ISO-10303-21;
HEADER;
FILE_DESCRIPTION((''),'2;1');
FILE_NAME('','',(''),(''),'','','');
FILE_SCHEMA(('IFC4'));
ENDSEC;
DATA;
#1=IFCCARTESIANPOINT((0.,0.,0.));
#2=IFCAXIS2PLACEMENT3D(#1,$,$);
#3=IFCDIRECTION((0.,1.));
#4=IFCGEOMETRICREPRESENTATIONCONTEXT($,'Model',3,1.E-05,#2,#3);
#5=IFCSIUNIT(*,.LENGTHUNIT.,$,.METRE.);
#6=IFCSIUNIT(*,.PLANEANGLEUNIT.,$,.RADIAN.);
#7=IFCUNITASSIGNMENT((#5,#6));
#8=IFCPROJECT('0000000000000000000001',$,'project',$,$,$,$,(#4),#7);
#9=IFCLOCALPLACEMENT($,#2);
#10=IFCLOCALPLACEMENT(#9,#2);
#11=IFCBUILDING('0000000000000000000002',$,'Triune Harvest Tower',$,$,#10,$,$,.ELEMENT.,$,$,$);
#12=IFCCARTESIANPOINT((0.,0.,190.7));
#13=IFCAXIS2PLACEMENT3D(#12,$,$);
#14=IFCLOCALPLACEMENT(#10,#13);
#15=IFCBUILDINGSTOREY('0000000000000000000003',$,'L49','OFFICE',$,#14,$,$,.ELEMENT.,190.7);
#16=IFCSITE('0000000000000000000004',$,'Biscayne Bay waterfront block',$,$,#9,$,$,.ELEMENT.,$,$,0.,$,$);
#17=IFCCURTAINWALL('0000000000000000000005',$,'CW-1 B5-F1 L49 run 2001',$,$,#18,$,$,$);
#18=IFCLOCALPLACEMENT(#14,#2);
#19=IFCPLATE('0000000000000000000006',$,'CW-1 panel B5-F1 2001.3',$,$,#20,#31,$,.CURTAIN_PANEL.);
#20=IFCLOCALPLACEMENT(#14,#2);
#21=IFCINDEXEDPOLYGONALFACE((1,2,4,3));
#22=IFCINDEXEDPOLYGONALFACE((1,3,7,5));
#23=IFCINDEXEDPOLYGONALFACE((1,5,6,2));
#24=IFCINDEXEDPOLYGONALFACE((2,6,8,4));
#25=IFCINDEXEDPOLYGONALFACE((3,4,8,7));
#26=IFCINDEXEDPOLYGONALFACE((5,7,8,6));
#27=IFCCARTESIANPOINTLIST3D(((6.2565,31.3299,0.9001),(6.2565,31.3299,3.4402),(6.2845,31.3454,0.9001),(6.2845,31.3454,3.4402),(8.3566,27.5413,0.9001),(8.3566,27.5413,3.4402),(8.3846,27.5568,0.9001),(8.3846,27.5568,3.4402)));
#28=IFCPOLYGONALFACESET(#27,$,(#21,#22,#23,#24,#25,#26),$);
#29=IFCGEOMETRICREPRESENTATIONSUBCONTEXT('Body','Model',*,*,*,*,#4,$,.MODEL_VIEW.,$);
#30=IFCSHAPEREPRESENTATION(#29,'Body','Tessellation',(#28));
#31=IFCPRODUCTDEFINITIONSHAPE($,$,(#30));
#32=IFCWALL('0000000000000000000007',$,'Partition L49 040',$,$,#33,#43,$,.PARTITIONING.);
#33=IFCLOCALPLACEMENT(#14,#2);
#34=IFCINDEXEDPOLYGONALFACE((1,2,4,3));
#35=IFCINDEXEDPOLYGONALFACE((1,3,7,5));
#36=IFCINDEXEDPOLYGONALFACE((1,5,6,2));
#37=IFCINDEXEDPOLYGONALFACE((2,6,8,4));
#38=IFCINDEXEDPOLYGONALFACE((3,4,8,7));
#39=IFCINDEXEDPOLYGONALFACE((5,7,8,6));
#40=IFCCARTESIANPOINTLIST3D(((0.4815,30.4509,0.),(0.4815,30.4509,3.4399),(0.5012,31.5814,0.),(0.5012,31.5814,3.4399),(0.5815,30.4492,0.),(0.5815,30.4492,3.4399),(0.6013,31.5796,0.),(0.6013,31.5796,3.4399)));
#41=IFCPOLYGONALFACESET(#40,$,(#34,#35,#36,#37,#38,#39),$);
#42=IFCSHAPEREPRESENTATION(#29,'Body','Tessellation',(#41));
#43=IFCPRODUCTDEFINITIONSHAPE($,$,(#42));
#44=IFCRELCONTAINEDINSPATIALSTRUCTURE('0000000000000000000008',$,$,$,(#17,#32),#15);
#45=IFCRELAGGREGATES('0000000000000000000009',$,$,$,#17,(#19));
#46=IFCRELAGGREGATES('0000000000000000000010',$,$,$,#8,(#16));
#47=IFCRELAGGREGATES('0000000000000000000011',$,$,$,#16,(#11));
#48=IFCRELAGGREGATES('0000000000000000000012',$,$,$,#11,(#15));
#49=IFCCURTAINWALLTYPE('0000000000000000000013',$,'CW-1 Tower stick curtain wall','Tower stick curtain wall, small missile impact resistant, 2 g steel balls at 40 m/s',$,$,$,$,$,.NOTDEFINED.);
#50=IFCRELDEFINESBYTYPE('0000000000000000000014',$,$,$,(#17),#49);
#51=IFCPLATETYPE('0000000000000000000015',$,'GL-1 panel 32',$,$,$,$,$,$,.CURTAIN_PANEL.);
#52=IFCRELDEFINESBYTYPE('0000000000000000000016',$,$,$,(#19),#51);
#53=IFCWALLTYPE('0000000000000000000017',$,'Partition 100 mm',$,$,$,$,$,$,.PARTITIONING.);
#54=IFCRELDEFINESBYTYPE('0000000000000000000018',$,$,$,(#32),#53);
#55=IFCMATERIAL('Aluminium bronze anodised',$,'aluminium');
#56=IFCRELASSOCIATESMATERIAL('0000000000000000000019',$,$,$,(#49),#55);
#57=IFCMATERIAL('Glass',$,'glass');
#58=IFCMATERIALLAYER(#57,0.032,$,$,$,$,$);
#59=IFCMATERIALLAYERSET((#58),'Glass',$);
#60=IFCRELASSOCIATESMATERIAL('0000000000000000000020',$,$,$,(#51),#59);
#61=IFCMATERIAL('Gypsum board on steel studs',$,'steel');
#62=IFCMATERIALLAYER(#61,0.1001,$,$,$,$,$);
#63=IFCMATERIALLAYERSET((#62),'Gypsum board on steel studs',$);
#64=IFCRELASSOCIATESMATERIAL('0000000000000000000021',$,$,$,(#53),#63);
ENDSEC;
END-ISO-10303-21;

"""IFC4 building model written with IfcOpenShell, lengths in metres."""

from ifc_helpers import new_model, si_unit, direction, frame, frame_2d, origin, origin_2d, place, context, subcontext, project, spatial, rectangle, extrude, source, transform, mapped, material, layer, layer_set, type_object, element, aggregate, save


model = new_model("IFC4")

# Units and contexts
model_context = context("Model", 3, precision=1e-05, world=origin(), true_north=direction((0.0, 1.0)))
body_context = subcontext(model_context, "Body", "Model", "MODEL_VIEW")
ifc_project = project(units=[si_unit("LENGTHUNIT", "METRE"), si_unit("PLANEANGLEUNIT", "RADIAN")], contexts=[model_context])

# Site, building, storey
site_placement = place(None, origin())
site = spatial("IfcSite", under=ifc_project, at=site_placement, Name="Biscayne Bay waterfront block", CompositionType="ELEMENT", RefElevation=0.0)
building_placement = place(site_placement, origin())
building = spatial("IfcBuilding", under=site, at=building_placement, Name="Triune Harvest Tower", CompositionType="ELEMENT")
storey_placement = place(building_placement, frame((0.0, 0.0, 190.7)))
storey = spatial("IfcBuildingStorey", under=building, at=storey_placement, Name="L49", Description="OFFICE", CompositionType="ELEMENT", Elevation=190.7)

# Curtain wall
ifc_material_1 = material(Name="Aluminium bronze anodised", Category="aluminium")
curtain_wall_type = type_object("IfcCurtainWallType", Name="CW-1 Tower stick curtain wall", Description="Tower stick curtain wall, small missile impact resistant, 2 g steel balls at 40 m/s", PredefinedType="NOTDEFINED", material=ifc_material_1)
curtain_wall_1_placement = place(storey_placement, origin())
curtain_wall_1 = element("IfcCurtainWall", 1, at=curtain_wall_1_placement, inside=storey, type_object=curtain_wall_type, Name="CW-1 B5-F1 L49 run 2001")

# Plate
ifc_material_2 = material(Name="Glass", Category="glass")
ifc_layer_1 = layer(ifc_material_2, 0.032)
ifc_layer_set_1 = layer_set([ifc_layer_1], Name="Glass")
plate_type = type_object("IfcPlateType", Name="GL-1 panel 32", PredefinedType="CURTAIN_PANEL", material=ifc_layer_set_1)
shared_shape_1 = source(origin(), body_context, "Body", "SweptSolid", [
    extrude(rectangle(XDim=4.3318, YDim=0.032, at=origin_2d()), origin(), (0.0, 0.0, 1.0), 2.54),
])
plate_1_placement = place(storey_placement, frame((7.3206, 29.4434, 0.9001), z_axis=(0.0, 0.0, 1.0), x_axis=(-0.484808, 0.874621, 0.0)))
plate_1 = element("IfcPlate", 2, at=plate_1_placement, type_object=plate_type, Name="CW-1 panel B5-F1 2001.3", PredefinedType="CURTAIN_PANEL", context=body_context, shape_type="MappedRepresentation", body=[
    mapped(shared_shape_1, transform((0.0, 0.0, 0.0), scale=1.0)),
])
aggregate(curtain_wall_1, [plate_1])

# Wall
ifc_material_3 = material(Name="Gypsum board on steel studs", Category="steel")
ifc_layer_2 = layer(ifc_material_3, 0.1001)
ifc_layer_set_2 = layer_set([ifc_layer_2], Name="Gypsum board on steel studs")
wall_type = type_object("IfcWallType", Name="Partition 100 mm", PredefinedType="PARTITIONING", material=ifc_layer_set_2)
shared_shape_2 = source(origin(), body_context, "Body", "SweptSolid", [
    extrude(rectangle(XDim=1.1306, YDim=0.1001, at=frame_2d((0.5654, 0.0))), origin(), (0.0, 0.0, 1.0), 3.4399),
])
wall_placement = place(storey_placement, frame((0.5315, 30.45, 0.0), z_axis=(0.0, 0.0, 1.0), x_axis=(0.017492, 0.999847, 0.0)))
element("IfcWall", 3, at=wall_placement, inside=storey, type_object=wall_type, Name="Partition L49 040", PredefinedType="PARTITIONING", context=body_context, shape_type="MappedRepresentation", body=[
    mapped(shared_shape_2, transform((0.0, 0.0, 0.0), scale=1.0)),
])

save(model, "model.ifc")
